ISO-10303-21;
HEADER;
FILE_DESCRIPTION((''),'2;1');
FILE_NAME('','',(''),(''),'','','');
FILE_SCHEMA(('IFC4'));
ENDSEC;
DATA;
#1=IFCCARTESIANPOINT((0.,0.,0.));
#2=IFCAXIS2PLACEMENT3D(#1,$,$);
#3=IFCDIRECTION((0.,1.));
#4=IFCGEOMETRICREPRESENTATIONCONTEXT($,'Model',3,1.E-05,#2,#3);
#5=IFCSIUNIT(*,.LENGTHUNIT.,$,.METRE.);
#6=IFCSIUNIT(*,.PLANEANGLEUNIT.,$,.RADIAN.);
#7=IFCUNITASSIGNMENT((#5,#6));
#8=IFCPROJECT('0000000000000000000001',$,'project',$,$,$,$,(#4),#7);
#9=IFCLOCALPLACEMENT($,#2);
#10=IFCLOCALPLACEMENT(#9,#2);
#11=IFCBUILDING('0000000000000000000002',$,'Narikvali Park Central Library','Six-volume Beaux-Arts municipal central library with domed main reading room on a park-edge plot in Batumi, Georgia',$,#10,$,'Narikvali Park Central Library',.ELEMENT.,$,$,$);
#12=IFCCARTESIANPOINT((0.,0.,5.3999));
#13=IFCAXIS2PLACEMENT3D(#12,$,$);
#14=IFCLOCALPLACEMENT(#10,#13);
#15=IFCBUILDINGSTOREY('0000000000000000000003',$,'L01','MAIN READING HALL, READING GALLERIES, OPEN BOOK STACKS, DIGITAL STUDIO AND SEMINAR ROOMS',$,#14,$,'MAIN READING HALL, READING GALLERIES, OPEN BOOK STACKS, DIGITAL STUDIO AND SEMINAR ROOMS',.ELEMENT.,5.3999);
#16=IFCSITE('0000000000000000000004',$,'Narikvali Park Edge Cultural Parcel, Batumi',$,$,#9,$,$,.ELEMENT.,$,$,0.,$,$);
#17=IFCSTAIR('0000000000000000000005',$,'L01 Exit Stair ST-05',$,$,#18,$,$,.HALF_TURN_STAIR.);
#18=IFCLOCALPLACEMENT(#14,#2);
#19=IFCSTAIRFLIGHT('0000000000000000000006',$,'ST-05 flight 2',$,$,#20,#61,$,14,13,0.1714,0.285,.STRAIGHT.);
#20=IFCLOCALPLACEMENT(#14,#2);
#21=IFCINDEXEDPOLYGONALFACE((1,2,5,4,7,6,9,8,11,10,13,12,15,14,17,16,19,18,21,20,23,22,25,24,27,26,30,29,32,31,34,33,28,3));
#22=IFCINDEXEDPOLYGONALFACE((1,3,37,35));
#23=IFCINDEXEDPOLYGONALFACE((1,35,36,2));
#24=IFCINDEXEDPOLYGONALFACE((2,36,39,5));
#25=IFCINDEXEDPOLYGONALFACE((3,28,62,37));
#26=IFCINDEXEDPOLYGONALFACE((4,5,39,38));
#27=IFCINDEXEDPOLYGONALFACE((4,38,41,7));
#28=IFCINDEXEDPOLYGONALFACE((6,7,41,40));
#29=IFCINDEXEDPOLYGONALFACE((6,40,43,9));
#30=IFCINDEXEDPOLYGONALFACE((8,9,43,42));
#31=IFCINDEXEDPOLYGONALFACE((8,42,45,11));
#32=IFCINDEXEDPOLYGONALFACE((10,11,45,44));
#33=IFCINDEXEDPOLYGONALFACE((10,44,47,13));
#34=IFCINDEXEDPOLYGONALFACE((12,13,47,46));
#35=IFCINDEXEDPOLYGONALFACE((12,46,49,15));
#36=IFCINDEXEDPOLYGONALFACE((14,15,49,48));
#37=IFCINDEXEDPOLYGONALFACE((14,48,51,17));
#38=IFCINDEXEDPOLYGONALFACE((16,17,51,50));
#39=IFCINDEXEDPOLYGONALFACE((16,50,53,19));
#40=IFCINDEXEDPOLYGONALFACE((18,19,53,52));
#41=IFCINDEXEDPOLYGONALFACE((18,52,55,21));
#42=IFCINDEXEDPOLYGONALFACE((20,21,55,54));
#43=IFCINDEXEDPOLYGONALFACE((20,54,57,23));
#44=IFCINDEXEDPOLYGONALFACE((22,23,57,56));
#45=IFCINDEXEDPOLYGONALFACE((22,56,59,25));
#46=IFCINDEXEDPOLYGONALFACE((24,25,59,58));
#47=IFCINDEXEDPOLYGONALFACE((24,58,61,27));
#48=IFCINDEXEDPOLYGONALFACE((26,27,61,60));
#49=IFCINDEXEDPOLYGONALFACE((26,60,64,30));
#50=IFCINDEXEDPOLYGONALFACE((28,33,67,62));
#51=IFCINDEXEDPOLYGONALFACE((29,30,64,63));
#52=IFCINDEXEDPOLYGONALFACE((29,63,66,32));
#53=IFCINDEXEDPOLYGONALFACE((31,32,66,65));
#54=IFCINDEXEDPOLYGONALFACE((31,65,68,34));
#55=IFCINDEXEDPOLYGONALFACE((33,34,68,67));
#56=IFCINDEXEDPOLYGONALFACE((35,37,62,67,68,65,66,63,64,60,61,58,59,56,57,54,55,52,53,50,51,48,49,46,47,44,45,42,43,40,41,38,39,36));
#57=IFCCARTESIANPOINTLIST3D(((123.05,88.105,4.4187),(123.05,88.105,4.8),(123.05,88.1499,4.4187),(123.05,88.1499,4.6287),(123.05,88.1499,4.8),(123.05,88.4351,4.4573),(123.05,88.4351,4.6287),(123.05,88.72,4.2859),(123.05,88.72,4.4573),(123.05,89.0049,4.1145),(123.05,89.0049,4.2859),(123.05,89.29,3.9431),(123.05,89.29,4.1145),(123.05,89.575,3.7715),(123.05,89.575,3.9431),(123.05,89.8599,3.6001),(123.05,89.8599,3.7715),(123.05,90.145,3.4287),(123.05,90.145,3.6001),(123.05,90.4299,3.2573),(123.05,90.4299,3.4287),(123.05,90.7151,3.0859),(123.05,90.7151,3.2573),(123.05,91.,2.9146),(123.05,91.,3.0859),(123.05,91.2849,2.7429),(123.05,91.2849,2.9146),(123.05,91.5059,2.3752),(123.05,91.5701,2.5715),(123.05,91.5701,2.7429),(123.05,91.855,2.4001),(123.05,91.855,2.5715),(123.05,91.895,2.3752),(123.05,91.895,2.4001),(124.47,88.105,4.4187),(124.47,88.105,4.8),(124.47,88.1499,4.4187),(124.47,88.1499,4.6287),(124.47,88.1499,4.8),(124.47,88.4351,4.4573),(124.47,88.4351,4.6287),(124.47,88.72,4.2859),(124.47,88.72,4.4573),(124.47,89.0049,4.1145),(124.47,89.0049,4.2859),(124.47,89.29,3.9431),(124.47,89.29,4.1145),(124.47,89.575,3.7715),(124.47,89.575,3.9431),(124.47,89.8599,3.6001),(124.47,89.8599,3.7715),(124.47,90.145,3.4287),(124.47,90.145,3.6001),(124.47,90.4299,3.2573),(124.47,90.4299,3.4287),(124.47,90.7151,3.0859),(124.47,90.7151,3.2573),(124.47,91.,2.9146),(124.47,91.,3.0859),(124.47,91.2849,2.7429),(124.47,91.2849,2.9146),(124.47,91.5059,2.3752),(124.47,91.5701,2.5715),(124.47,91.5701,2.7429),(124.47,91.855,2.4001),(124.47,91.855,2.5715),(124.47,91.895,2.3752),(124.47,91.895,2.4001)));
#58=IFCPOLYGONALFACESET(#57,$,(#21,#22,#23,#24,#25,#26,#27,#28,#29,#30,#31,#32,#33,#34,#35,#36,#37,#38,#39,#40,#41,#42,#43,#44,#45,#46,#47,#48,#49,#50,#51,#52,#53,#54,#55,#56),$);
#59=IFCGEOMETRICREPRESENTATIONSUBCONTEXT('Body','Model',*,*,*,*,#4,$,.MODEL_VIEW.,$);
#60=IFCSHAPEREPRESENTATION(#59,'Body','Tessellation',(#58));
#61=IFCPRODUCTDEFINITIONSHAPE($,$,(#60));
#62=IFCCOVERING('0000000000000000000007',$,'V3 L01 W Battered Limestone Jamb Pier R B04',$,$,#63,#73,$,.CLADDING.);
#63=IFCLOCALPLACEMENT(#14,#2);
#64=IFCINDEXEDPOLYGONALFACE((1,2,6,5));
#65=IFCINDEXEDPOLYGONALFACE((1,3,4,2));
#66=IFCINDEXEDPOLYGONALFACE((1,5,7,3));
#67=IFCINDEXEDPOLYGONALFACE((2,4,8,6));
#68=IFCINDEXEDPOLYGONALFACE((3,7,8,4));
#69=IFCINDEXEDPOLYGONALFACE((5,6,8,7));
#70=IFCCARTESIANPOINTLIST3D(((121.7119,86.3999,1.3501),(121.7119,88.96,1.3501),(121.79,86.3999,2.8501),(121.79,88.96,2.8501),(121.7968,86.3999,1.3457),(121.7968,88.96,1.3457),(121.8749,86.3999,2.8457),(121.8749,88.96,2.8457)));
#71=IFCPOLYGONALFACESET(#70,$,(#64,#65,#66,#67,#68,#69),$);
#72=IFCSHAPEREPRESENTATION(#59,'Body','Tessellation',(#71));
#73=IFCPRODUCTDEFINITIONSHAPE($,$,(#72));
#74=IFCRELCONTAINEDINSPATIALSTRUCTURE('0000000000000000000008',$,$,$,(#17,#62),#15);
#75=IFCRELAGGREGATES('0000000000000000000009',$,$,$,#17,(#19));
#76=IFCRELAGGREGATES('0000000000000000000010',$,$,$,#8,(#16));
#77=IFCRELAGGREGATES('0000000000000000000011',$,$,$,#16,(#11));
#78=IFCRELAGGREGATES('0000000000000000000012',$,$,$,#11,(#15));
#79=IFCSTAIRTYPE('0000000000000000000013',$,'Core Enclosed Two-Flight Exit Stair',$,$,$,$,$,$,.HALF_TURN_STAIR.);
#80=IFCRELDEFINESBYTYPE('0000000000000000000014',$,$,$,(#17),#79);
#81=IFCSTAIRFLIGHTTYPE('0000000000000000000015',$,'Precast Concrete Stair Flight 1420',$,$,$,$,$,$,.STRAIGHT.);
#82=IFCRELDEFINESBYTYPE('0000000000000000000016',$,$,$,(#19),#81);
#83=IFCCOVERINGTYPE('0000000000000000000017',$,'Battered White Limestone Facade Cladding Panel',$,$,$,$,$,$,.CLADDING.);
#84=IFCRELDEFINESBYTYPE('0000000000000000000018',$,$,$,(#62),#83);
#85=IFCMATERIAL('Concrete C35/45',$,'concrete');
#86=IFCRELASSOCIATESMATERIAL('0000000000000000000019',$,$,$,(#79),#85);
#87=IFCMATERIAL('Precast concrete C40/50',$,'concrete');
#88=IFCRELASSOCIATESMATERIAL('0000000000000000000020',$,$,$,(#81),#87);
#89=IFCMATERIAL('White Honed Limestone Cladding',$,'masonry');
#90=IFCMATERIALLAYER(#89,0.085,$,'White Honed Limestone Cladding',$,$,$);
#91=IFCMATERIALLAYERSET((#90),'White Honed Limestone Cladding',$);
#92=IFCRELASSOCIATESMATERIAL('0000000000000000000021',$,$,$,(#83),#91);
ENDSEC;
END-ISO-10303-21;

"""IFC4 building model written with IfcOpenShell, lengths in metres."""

from ifc_helpers import new_model, si_unit, direction, frame, origin, place, context, subcontext, project, spatial, polyline, outline, extrude, material, layer, layer_set, type_object, element, aggregate, save


model = new_model("IFC4")

# Units and contexts
model_context = context("Model", 3, precision=1e-05, world=origin(), true_north=direction((0.0, 1.0)))
body_context = subcontext(model_context, "Body", "Model", "MODEL_VIEW")
ifc_project = project(units=[si_unit("LENGTHUNIT", "METRE"), si_unit("PLANEANGLEUNIT", "RADIAN")], contexts=[model_context])

# Site, building, storey
site_placement = place(None, origin())
site = spatial("IfcSite", under=ifc_project, at=site_placement, Name="Narikvali Park Edge Cultural Parcel, Batumi", CompositionType="ELEMENT", RefElevation=0.0)
building_placement = place(site_placement, origin())
building = spatial("IfcBuilding", under=site, at=building_placement, Name="Narikvali Park Central Library", Description="Six-volume Beaux-Arts municipal central library with domed main reading room on a park-edge plot in Batumi, Georgia", LongName="Narikvali Park Central Library", CompositionType="ELEMENT")
storey_placement = place(building_placement, frame((0.0, 0.0, 5.3999)))
storey = spatial("IfcBuildingStorey", under=building, at=storey_placement, Name="L01", Description="MAIN READING HALL, READING GALLERIES, OPEN BOOK STACKS, DIGITAL STUDIO AND SEMINAR ROOMS", LongName="MAIN READING HALL, READING GALLERIES, OPEN BOOK STACKS, DIGITAL STUDIO AND SEMINAR ROOMS", CompositionType="ELEMENT", Elevation=5.3999)

# Stair, stair flight
ifc_material_1 = material(Name="Concrete C35/45", Category="concrete")
stair_type = type_object("IfcStairType", Name="Core Enclosed Two-Flight Exit Stair", PredefinedType="HALF_TURN_STAIR", material=ifc_material_1)
stair_placement = place(storey_placement, origin())
stair = element("IfcStair", 1, at=stair_placement, inside=storey, type_object=stair_type, Name="L01 Exit Stair ST-05", PredefinedType="HALF_TURN_STAIR")
ifc_material_2 = material(Name="Precast concrete C40/50", Category="concrete")
stair_flight_type = type_object("IfcStairFlightType", Name="Precast Concrete Stair Flight 1420", PredefinedType="STRAIGHT", material=ifc_material_2)
stair_flight_1_placement = place(storey_placement, frame((123.76, 91.855, 2.4001), z_axis=(0.0, 0.0, 1.0), x_axis=(0.0, -1.0, 0.0)))
stair_flight_1 = element("IfcStairFlight", 2, at=stair_flight_1_placement, type_object=stair_flight_type, Name="ST-05 flight 2", NumberOfRisers=14, NumberOfTreads=13, PredefinedType="STRAIGHT", RiserHeight=0.1714, TreadLength=0.285, context=body_context, shape_type="SweptSolid", body=[
    extrude(outline(polyline([(-0.04, -0.0249), (-0.04, 0.0), (0.0, 0.0), (0.0, 0.1714), (0.2849, 0.1714), (0.2849, 0.3428), (0.5701, 0.3428), (0.5701, 0.5144), (0.855, 0.5144), (0.855, 0.6858), (1.1399, 0.6858), (1.1399, 0.8572), (1.425, 0.8572), (1.425, 1.0286), (1.71, 1.0286), (1.71, 1.2), (1.9951, 1.2), (1.9951, 1.3713), (2.28, 1.3713), (2.28, 1.543), (2.5649, 1.543), (2.5649, 1.7144), (2.8501, 1.7144), (2.8501, 1.8857), (3.135, 1.8857), (3.135, 2.0571), (3.4199, 2.0571), (3.4199, 2.2285), (3.7051, 2.2285), (3.7051, 2.3999), (3.75, 2.3999), (3.75, 2.0186), (3.7051, 2.0186), (0.3491, -0.0249), (-0.04, -0.0249)])), frame((0.0, 0.71, 0.0), z_axis=(0.0, -1.0, 0.0), x_axis=(1.0, 0.0, 0.0)), (0.0, 0.0, 1.0), 1.4199),
])
aggregate(stair, [stair_flight_1])

# Covering
ifc_material_3 = material(Name="White Honed Limestone Cladding", Category="masonry")
ifc_layer_1 = layer(ifc_material_3, 0.085, Name="White Honed Limestone Cladding")
ifc_layer_set_1 = layer_set([ifc_layer_1], Name="White Honed Limestone Cladding")
covering_type = type_object("IfcCoveringType", Name="Battered White Limestone Facade Cladding Panel", PredefinedType="CLADDING", material=ifc_layer_set_1)
covering_placement = place(storey_placement, frame((121.7119, 88.96, 1.3501), z_axis=(-0.998646, 0.0, 0.052013), x_axis=(0.0, -1.0, 0.0)))
element("IfcCovering", 3, at=covering_placement, inside=storey, type_object=covering_type, Name="V3 L01 W Battered Limestone Jamb Pier R B04", PredefinedType="CLADDING", context=body_context, shape_type="SweptSolid", body=[
    extrude(outline(polyline([(0.0, 0.0), (2.5601, 0.0), (2.5601, 1.502), (0.0, 1.502), (0.0, 0.0)])), origin(), (0.0, 0.0, -1.0), 0.085),
])

save(model, "model.ifc")
